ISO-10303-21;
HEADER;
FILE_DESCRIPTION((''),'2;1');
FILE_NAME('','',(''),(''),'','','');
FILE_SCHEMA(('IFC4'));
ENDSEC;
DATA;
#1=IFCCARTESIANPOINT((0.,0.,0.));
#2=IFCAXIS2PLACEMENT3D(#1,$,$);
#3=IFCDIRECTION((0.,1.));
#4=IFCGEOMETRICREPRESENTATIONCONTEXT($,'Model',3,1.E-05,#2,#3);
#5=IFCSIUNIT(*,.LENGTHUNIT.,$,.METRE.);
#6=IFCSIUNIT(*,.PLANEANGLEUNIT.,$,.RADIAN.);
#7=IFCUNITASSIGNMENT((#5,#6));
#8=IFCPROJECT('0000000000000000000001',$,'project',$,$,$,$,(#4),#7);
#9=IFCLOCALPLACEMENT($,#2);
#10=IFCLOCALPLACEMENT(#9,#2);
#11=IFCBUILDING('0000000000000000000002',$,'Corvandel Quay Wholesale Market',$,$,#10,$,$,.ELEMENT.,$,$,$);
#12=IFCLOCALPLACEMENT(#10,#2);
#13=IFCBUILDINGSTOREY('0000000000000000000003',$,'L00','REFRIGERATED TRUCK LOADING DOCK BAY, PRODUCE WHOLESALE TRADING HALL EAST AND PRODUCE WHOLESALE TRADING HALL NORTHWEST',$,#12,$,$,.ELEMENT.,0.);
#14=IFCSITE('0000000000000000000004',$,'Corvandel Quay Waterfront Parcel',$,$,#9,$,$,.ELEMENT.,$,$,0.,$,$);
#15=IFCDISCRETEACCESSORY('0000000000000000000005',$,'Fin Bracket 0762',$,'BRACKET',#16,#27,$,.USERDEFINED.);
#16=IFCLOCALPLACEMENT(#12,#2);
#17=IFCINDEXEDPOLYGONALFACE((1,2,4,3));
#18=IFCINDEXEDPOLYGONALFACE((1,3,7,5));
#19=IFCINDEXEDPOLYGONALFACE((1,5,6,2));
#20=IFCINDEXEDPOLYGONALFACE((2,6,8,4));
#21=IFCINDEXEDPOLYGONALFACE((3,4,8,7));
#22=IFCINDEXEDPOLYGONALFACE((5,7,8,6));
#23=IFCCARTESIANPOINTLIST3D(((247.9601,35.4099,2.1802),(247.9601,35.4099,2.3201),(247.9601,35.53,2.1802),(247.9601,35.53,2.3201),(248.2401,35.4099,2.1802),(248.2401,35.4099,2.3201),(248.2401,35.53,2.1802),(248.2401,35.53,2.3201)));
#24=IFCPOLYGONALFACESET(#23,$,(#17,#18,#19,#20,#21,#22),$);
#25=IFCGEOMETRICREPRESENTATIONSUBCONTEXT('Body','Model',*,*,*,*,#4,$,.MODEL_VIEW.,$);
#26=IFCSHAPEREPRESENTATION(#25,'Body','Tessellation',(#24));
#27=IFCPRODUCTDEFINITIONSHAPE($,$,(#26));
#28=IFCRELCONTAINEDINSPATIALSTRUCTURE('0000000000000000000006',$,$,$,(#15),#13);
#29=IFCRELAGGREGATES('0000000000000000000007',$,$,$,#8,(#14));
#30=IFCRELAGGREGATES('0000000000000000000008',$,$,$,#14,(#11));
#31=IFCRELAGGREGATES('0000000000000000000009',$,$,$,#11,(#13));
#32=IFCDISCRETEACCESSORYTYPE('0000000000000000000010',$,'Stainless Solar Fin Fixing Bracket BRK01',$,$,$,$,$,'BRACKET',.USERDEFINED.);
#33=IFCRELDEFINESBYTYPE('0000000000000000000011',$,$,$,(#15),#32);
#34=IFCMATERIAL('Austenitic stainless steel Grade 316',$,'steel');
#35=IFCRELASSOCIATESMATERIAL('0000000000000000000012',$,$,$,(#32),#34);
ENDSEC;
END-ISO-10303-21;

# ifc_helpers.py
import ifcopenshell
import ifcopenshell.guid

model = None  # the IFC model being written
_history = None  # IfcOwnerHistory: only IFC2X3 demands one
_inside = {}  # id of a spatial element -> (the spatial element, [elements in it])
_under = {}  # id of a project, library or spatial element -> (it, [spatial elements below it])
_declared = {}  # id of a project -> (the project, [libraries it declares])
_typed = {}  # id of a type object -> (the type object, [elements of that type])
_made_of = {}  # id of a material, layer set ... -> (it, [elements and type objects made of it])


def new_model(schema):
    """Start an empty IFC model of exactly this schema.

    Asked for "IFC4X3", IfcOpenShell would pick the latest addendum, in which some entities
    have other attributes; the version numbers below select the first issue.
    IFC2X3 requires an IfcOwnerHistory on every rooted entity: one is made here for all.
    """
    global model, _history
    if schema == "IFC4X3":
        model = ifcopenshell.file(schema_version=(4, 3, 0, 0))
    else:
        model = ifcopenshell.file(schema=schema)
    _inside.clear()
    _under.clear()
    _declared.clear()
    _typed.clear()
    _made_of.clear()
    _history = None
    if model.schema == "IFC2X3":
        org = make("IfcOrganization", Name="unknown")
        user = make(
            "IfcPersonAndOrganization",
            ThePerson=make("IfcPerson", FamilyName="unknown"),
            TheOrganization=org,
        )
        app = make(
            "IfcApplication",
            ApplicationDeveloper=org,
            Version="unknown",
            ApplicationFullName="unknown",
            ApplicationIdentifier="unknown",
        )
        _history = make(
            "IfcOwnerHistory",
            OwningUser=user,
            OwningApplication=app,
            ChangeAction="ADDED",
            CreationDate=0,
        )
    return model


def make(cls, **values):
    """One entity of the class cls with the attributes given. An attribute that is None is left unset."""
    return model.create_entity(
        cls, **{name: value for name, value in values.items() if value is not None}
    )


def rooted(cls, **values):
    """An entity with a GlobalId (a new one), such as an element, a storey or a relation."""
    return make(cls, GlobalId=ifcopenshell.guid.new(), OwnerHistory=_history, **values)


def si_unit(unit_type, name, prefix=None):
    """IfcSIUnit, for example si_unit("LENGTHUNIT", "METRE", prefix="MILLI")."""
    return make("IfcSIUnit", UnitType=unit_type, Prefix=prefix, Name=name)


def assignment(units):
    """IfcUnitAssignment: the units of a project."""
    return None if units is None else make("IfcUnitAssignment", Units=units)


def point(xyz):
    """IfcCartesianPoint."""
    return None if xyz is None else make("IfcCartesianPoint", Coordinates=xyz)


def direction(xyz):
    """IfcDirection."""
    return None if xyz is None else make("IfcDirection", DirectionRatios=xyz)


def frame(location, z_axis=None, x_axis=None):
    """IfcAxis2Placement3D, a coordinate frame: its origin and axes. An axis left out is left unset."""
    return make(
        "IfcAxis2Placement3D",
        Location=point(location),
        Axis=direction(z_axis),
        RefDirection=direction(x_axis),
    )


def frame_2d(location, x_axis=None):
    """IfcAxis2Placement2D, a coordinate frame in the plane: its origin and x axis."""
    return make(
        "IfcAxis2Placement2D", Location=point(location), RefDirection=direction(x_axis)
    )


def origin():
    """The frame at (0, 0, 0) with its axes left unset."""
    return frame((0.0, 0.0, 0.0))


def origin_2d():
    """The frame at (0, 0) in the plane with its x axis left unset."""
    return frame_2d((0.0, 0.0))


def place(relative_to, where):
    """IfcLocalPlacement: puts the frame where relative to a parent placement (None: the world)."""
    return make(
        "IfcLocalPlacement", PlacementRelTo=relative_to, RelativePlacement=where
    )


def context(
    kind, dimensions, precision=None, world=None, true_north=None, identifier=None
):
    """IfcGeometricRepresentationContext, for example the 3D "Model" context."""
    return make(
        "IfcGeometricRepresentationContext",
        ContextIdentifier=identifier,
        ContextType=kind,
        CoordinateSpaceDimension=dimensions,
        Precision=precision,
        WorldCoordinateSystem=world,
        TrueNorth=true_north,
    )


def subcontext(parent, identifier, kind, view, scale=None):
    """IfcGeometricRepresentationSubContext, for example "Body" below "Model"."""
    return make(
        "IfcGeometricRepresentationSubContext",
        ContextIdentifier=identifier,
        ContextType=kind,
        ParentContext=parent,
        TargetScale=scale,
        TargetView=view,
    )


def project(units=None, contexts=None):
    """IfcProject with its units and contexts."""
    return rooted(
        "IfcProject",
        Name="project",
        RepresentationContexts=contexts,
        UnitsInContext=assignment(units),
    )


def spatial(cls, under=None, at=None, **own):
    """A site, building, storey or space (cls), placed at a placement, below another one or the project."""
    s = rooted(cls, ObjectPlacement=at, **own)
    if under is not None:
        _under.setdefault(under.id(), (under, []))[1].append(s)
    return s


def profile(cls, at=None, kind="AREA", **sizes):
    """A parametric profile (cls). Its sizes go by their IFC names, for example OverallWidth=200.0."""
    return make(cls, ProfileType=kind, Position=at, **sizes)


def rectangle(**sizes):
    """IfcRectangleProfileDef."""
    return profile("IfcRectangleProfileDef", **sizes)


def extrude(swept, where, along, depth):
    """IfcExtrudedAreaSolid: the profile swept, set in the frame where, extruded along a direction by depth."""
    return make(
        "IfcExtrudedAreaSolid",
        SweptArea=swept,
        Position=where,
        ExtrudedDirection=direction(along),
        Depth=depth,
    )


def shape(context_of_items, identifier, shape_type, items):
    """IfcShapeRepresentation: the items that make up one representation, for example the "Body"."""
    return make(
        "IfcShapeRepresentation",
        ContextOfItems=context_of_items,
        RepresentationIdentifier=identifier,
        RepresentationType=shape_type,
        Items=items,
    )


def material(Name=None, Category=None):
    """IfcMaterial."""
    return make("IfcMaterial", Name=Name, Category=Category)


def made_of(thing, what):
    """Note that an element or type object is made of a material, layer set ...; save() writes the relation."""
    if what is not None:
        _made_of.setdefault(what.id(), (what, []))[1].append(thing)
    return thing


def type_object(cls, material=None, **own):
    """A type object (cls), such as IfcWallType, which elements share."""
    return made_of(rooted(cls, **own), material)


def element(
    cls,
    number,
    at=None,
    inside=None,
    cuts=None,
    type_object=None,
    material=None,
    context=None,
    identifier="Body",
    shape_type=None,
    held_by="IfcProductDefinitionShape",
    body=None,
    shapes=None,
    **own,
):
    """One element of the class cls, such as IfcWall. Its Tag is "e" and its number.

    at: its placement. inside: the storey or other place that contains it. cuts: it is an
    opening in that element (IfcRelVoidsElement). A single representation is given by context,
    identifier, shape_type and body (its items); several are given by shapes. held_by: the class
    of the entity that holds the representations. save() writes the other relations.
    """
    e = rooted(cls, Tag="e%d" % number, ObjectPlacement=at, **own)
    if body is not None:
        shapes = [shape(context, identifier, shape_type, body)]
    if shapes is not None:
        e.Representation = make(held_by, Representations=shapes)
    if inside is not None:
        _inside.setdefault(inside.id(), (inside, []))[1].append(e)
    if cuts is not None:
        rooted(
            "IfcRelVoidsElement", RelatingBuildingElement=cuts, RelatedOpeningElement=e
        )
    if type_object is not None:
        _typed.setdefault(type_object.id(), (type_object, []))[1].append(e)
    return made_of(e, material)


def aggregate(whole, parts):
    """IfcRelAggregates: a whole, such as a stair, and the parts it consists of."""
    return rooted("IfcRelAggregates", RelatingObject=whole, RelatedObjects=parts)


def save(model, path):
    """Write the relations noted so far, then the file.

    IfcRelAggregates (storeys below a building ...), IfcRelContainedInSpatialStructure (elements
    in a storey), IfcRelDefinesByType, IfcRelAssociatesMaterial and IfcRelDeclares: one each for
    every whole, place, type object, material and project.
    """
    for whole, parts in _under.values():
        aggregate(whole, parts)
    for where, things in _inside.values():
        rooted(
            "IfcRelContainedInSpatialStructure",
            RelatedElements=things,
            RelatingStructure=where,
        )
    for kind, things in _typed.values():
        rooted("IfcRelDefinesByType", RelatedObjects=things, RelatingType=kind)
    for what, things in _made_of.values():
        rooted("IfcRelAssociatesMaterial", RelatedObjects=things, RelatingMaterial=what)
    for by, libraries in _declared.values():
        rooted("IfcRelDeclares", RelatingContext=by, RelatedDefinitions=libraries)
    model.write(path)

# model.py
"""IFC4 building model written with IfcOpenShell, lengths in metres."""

from ifc_helpers import new_model, si_unit, direction, frame, origin, origin_2d, place, context, subcontext, project, spatial, rectangle, extrude, material, type_object, element, save


model = new_model("IFC4")

# Units and contexts
model_context = context("Model", 3, precision=1e-05, world=origin(), true_north=direction((0.0, 1.0)))
body_context = subcontext(model_context, "Body", "Model", "MODEL_VIEW")
ifc_project = project(units=[si_unit("LENGTHUNIT", "METRE"), si_unit("PLANEANGLEUNIT", "RADIAN")], contexts=[model_context])

# Site, building, storey
site_placement = place(None, origin())
site = spatial("IfcSite", under=ifc_project, at=site_placement, Name="Corvandel Quay Waterfront Parcel", CompositionType="ELEMENT", RefElevation=0.0)
building_placement = place(site_placement, origin())
building = spatial("IfcBuilding", under=site, at=building_placement, Name="Corvandel Quay Wholesale Market", CompositionType="ELEMENT")
storey_placement = place(building_placement, origin())
storey = spatial("IfcBuildingStorey", under=building, at=storey_placement, Name="L00", Description="REFRIGERATED TRUCK LOADING DOCK BAY, PRODUCE WHOLESALE TRADING HALL EAST AND PRODUCE WHOLESALE TRADING HALL NORTHWEST", CompositionType="ELEMENT", Elevation=0.0)

# Discrete accessory
ifc_material_1 = material(Name="Austenitic stainless steel Grade 316", Category="steel")
discrete_accessory_type = type_object("IfcDiscreteAccessoryType", Name="Stainless Solar Fin Fixing Bracket BRK01", ElementType="BRACKET", PredefinedType="USERDEFINED", material=ifc_material_1)
discrete_accessory_placement = place(storey_placement, frame((248.1001, 35.47, 2.1802), z_axis=(0.0, 0.0, 1.0), x_axis=(1.0, 0.0, 0.0)))
element("IfcDiscreteAccessory", 1, at=discrete_accessory_placement, inside=storey, type_object=discrete_accessory_type, Name="Fin Bracket 0762", ObjectType="BRACKET", PredefinedType="USERDEFINED", context=body_context, shape_type="SweptSolid", body=[
    extrude(rectangle(XDim=0.28, YDim=0.1201, at=origin_2d()), origin(), (0.0, 0.0, 1.0), 0.1399),
])

save(model, "model.ifc")
